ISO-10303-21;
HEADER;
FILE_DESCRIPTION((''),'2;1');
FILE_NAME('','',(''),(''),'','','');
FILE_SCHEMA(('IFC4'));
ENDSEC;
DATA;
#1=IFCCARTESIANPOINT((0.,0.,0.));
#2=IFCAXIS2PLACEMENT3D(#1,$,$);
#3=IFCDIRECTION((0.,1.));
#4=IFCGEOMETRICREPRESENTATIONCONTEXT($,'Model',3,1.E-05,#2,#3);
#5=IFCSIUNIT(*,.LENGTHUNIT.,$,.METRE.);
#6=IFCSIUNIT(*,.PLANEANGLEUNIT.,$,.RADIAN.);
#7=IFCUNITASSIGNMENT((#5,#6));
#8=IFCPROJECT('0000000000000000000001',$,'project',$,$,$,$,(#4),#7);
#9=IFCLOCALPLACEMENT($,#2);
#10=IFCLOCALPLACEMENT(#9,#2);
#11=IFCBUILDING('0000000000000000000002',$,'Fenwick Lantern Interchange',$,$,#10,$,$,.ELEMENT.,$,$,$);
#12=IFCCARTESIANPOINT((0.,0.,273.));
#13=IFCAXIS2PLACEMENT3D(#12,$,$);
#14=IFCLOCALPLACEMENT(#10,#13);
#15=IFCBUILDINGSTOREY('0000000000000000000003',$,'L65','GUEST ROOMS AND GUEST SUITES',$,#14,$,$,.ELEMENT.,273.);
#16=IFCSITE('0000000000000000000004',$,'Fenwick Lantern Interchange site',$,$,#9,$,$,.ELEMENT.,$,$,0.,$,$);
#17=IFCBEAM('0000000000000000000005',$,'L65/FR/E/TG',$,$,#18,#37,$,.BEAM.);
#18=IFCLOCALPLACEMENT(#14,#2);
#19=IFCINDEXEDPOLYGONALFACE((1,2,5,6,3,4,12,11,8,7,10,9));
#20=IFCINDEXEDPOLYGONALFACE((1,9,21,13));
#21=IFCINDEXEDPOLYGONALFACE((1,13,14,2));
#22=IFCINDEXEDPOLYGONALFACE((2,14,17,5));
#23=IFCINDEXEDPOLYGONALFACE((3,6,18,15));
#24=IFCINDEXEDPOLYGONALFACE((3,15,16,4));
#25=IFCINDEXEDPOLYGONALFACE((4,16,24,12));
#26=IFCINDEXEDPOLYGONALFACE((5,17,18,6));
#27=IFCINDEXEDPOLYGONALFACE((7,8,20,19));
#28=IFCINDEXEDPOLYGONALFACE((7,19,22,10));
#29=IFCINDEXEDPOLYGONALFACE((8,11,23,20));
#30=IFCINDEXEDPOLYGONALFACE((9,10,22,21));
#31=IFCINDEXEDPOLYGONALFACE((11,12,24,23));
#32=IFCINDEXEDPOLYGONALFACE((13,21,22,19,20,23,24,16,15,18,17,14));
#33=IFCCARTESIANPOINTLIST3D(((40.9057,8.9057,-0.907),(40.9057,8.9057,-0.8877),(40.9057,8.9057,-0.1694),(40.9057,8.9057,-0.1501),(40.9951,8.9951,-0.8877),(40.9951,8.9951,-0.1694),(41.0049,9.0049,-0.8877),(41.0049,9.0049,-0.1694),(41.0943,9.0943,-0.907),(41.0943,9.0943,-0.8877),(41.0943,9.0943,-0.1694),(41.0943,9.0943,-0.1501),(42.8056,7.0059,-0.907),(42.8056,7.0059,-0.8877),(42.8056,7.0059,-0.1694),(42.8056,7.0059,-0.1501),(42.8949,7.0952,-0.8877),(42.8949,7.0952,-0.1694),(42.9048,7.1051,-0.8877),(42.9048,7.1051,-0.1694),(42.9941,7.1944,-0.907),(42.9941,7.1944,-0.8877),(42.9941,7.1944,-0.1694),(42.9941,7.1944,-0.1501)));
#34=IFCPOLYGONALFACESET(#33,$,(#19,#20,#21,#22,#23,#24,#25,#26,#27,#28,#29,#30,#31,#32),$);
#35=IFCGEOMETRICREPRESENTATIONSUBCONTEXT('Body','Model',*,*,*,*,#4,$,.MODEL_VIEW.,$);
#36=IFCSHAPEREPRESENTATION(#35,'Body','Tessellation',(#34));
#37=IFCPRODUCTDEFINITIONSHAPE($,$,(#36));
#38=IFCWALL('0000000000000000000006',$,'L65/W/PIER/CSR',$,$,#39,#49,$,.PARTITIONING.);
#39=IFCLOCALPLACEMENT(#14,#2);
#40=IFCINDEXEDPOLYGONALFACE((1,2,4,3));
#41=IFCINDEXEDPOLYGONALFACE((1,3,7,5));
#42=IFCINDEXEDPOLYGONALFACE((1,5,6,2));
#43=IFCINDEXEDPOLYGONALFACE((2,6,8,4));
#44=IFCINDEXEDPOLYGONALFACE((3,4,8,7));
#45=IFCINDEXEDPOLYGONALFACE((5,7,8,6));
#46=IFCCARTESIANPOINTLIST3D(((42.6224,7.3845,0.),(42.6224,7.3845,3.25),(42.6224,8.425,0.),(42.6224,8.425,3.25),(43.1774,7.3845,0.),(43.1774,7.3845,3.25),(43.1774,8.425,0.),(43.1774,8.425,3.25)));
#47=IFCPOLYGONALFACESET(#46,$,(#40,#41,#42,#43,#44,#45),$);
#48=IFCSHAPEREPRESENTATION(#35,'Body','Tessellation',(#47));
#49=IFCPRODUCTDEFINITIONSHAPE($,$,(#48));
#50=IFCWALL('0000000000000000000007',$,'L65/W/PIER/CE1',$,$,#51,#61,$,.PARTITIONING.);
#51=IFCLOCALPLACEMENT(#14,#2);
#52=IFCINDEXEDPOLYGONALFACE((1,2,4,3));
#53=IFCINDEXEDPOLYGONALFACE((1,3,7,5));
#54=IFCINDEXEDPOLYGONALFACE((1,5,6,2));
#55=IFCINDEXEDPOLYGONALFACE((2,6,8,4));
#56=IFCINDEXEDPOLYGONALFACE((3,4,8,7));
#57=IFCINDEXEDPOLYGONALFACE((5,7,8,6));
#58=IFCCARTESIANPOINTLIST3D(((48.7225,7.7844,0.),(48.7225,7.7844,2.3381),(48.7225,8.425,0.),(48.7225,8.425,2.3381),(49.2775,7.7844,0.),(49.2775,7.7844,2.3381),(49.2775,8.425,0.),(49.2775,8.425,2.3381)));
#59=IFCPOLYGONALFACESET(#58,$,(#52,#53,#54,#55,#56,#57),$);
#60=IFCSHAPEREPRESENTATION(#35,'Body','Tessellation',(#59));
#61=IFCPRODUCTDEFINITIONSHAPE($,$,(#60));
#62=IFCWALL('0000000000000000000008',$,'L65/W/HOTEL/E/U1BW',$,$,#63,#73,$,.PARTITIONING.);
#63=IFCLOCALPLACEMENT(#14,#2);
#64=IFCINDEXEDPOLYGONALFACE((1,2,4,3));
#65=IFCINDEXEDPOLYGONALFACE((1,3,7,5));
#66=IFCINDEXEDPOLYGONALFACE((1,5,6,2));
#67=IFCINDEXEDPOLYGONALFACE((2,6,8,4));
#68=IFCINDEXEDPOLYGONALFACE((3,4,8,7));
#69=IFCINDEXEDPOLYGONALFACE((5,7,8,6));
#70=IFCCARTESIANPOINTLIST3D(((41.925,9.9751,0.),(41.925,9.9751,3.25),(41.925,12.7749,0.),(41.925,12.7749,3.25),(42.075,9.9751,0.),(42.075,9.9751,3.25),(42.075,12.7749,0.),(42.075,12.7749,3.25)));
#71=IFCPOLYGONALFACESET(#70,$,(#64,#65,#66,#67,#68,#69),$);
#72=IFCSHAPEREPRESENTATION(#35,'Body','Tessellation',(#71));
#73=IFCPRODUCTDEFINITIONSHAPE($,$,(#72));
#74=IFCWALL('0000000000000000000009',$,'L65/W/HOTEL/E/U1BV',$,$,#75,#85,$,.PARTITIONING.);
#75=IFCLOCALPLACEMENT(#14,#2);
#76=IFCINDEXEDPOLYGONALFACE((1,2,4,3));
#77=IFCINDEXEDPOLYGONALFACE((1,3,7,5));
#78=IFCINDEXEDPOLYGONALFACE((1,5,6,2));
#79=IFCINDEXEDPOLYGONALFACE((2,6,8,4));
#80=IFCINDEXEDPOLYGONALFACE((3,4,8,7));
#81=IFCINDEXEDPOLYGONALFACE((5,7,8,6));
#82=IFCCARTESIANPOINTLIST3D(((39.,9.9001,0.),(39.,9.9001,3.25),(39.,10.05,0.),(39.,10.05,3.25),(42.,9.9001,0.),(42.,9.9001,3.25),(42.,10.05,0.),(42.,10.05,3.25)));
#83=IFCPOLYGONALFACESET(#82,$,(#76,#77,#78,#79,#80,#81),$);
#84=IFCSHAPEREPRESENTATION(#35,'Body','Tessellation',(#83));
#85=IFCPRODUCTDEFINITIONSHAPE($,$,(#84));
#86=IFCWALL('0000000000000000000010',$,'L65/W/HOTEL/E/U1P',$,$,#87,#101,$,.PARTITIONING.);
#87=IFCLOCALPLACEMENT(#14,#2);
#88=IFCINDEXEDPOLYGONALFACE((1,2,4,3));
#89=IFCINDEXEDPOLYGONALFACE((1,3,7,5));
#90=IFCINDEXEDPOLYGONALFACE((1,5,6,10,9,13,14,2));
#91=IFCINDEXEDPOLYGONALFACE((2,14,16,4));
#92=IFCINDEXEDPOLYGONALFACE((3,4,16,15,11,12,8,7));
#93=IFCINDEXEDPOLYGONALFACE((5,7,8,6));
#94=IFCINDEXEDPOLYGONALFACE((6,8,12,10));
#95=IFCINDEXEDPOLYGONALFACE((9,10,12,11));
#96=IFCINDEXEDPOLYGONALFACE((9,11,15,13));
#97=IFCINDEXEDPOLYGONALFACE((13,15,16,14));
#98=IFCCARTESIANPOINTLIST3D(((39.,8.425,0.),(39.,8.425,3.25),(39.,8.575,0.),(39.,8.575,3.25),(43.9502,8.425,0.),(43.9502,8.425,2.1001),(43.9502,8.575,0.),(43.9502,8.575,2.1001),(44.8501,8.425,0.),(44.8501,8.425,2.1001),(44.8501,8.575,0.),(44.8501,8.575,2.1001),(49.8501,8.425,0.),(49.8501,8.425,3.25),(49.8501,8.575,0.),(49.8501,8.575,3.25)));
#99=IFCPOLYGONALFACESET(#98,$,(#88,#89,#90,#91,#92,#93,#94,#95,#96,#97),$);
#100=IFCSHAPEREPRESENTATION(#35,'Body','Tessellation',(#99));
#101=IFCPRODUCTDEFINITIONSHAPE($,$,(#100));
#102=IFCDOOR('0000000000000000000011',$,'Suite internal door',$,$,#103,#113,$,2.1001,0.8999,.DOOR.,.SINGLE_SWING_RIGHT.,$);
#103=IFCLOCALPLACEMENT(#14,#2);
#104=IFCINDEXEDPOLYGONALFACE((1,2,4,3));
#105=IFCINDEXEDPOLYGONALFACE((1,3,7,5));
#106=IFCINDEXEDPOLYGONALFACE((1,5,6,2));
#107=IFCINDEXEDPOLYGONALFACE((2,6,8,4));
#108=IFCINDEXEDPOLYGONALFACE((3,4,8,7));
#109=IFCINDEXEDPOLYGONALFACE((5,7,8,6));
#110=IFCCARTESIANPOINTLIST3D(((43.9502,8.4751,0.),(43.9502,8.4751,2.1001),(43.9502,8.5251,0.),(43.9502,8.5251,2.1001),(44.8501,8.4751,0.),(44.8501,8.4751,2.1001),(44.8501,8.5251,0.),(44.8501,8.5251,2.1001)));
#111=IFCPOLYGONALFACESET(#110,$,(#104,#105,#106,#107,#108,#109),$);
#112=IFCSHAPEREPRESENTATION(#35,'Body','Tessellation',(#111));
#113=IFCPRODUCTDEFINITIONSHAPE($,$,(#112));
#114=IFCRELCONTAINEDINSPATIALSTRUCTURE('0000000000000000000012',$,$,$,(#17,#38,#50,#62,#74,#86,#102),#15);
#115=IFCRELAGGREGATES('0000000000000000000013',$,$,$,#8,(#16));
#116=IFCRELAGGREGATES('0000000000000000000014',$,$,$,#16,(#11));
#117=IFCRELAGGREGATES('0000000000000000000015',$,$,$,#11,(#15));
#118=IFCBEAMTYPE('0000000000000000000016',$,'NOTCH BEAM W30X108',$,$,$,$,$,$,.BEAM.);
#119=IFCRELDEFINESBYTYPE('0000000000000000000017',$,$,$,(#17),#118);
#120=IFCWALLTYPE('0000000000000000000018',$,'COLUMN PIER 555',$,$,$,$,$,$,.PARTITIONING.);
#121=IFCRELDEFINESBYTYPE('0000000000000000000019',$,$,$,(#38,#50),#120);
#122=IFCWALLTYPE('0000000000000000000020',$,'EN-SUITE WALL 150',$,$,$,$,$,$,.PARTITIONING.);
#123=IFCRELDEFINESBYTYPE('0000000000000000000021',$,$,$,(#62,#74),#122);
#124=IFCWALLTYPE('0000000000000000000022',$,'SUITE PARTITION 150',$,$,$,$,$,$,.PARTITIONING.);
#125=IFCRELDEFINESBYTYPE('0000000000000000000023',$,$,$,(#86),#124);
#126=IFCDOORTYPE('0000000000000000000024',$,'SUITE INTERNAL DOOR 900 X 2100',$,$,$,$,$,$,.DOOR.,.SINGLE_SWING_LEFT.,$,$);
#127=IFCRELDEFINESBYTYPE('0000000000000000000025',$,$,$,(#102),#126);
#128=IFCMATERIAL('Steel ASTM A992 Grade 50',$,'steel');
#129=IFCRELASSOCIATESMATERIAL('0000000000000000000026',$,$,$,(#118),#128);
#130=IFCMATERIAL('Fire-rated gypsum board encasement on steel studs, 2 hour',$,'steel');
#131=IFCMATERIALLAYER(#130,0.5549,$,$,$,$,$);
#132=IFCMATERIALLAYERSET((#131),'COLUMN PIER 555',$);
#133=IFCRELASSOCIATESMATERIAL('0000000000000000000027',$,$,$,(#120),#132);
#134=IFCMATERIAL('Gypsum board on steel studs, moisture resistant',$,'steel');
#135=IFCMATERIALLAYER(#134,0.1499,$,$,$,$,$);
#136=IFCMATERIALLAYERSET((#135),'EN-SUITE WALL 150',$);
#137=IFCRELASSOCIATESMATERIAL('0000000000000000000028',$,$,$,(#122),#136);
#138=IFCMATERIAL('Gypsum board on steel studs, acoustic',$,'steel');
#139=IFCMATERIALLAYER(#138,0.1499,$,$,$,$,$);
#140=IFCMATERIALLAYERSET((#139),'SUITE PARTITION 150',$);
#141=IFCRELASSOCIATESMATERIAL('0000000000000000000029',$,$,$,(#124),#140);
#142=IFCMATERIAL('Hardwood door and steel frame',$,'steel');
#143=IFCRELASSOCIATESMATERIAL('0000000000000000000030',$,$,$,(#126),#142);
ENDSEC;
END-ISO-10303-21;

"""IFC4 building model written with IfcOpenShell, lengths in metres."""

from ifc_helpers import new_model, si_unit, direction, frame, frame_2d, origin, origin_2d, place, context, subcontext, project, spatial, rectangle, i_section, extrude, material, layer, layer_set, material_profile, profile_set, type_object, element, fill, save


model = new_model("IFC4")

# Units and contexts
model_context = context("Model", 3, precision=1e-05, world=origin(), true_north=direction((0.0, 1.0)))
body_context = subcontext(model_context, "Body", "Model", "MODEL_VIEW")
ifc_project = project(units=[si_unit("LENGTHUNIT", "METRE"), si_unit("PLANEANGLEUNIT", "RADIAN")], contexts=[model_context])

# Site, building, storey
site_placement = place(None, origin())
site = spatial("IfcSite", under=ifc_project, at=site_placement, Name="Fenwick Lantern Interchange site", CompositionType="ELEMENT", RefElevation=0.0)
building_placement = place(site_placement, origin())
building = spatial("IfcBuilding", under=site, at=building_placement, Name="Fenwick Lantern Interchange", CompositionType="ELEMENT")
storey_placement = place(building_placement, frame((0.0, 0.0, 273.0)))
storey = spatial("IfcBuildingStorey", under=building, at=storey_placement, Name="L65", Description="GUEST ROOMS AND GUEST SUITES", CompositionType="ELEMENT", Elevation=273.0)

# Shared definitions
ifc_material_1 = material(Name="Steel ASTM A992 Grade 50", Category="steel")

# Beam
ifc_material_profile_1 = material_profile(ifc_material_1, i_section(OverallWidth=0.2666, OverallDepth=0.7568, WebThickness=0.0139, FlangeThickness=0.0193, at=origin_2d()), Name="W30X108")
ifc_profile_set_1 = profile_set([ifc_material_profile_1], Name="Steel ASTM A992 Grade 50")
beam_type_1 = type_object("IfcBeamType", Name="NOTCH BEAM W30X108", PredefinedType="BEAM", material=ifc_profile_set_1)
beam_1_placement = place(storey_placement, frame((41.0, 9.0, -0.5286), z_axis=(0.707107, -0.707107, 0.0), x_axis=(0.707107, 0.707107, 0.0)))
element("IfcBeam", 1, at=beam_1_placement, inside=storey, type_object=beam_type_1, Name="L65/FR/E/TG", PredefinedType="BEAM", context=body_context, shape_type="SweptSolid", body=[
    extrude(i_section(OverallWidth=0.2666, OverallDepth=0.7568, WebThickness=0.0139, FlangeThickness=0.0193, at=origin_2d()), origin(), (0.0, 0.0, 1.0), 2.6868),
])

# Walls
ifc_material_2 = material(Name="Fire-rated gypsum board encasement on steel studs, 2 hour", Category="steel")
ifc_layer_1 = layer(ifc_material_2, 0.5549)
ifc_layer_set_1 = layer_set([ifc_layer_1], Name="COLUMN PIER 555")
wall_type_1 = type_object("IfcWallType", Name="COLUMN PIER 555", PredefinedType="PARTITIONING", material=ifc_layer_set_1)
wall_1_placement = place(storey_placement, frame((42.8999, 8.425, 0.0), z_axis=(0.0, 0.0, 1.0), x_axis=(0.0, -1.0, 0.0)))
element("IfcWall", 2, at=wall_1_placement, inside=storey, type_object=wall_type_1, Name="L65/W/PIER/CSR", PredefinedType="PARTITIONING", context=body_context, shape_type="SweptSolid", body=[
    extrude(rectangle(XDim=1.0405, YDim=0.5549, at=frame_2d((0.5203, 0.0))), origin(), (0.0, 0.0, 1.0), 3.25),
])
wall_2_placement = place(storey_placement, frame((49.0, 8.425, 0.0), z_axis=(0.0, 0.0, 1.0), x_axis=(0.0, -1.0, 0.0)))
element("IfcWall", 3, at=wall_2_placement, inside=storey, type_object=wall_type_1, Name="L65/W/PIER/CE1", PredefinedType="PARTITIONING", context=body_context, shape_type="SweptSolid", body=[
    extrude(rectangle(XDim=0.6406, YDim=0.5549, at=frame_2d((0.3203, 0.0))), origin(), (0.0, 0.0, 1.0), 2.3381),
])
ifc_material_3 = material(Name="Gypsum board on steel studs, moisture resistant", Category="steel")
ifc_layer_2 = layer(ifc_material_3, 0.1499)
ifc_layer_set_2 = layer_set([ifc_layer_2], Name="EN-SUITE WALL 150")
wall_type_2 = type_object("IfcWallType", Name="EN-SUITE WALL 150", PredefinedType="PARTITIONING", material=ifc_layer_set_2)
wall_3_placement = place(storey_placement, frame((42.0, 9.9751, 0.0), z_axis=(0.0, 0.0, 1.0), x_axis=(0.0, 1.0, 0.0)))
element("IfcWall", 4, at=wall_3_placement, inside=storey, type_object=wall_type_2, Name="L65/W/HOTEL/E/U1BW", PredefinedType="PARTITIONING", context=body_context, shape_type="SweptSolid", body=[
    extrude(rectangle(XDim=2.7998, YDim=0.1499, at=frame_2d((1.3999, 0.0))), origin(), (0.0, 0.0, 1.0), 3.25),
])
wall_4_placement = place(storey_placement, frame((42.0, 9.9751, 0.0), z_axis=(0.0, 0.0, 1.0), x_axis=(-1.0, 0.0, 0.0)))
element("IfcWall", 5, at=wall_4_placement, inside=storey, type_object=wall_type_2, Name="L65/W/HOTEL/E/U1BV", PredefinedType="PARTITIONING", context=body_context, shape_type="SweptSolid", body=[
    extrude(rectangle(XDim=3.0, YDim=0.1499, at=frame_2d((1.5, 0.0))), origin(), (0.0, 0.0, 1.0), 3.25),
])

# Wall, opening, door
ifc_material_4 = material(Name="Gypsum board on steel studs, acoustic", Category="steel")
ifc_layer_3 = layer(ifc_material_4, 0.1499)
ifc_layer_set_3 = layer_set([ifc_layer_3], Name="SUITE PARTITION 150")
wall_type_3 = type_object("IfcWallType", Name="SUITE PARTITION 150", PredefinedType="PARTITIONING", material=ifc_layer_set_3)
wall_5_placement = place(storey_placement, frame((49.8501, 8.5, 0.0), z_axis=(0.0, 0.0, 1.0), x_axis=(-1.0, 0.0, 0.0)))
wall_5 = element("IfcWall", 6, at=wall_5_placement, inside=storey, type_object=wall_type_3, Name="L65/W/HOTEL/E/U1P", PredefinedType="PARTITIONING", context=body_context, shape_type="SweptSolid", body=[
    extrude(rectangle(XDim=10.8501, YDim=0.1499, at=frame_2d((5.425, 0.0))), origin(), (0.0, 0.0, 1.0), 3.25),
])
opening_placement = place(wall_5_placement, frame((5.0, 0.0, 0.0)))
opening = element("IfcOpeningElement", 7, at=opening_placement, cuts=wall_5, PredefinedType="OPENING", context=body_context, shape_type="SweptSolid", body=[
    extrude(rectangle(XDim=0.8999, YDim=2.1001, at=frame_2d((0.45, 1.05))), frame((0.0, 0.085, 0.0), z_axis=(0.0, -1.0, 0.0), x_axis=(1.0, 0.0, 0.0)), (0.0, 0.0, 1.0), 0.1699),
])
ifc_material_5 = material(Name="Hardwood door and steel frame", Category="steel")
door_type = type_object("IfcDoorType", Name="SUITE INTERNAL DOOR 900 X 2100", OperationType="SINGLE_SWING_LEFT", PredefinedType="DOOR", material=ifc_material_5)
door_placement = place(opening_placement, origin())
door = element("IfcDoor", 8, at=door_placement, inside=storey, type_object=door_type, Name="Suite internal door", OperationType="SINGLE_SWING_RIGHT", OverallHeight=2.1001, OverallWidth=0.8999, PredefinedType="DOOR", context=body_context, shape_type="SweptSolid", body=[
    extrude(rectangle(XDim=0.8999, YDim=2.1001, at=frame_2d((0.45, 1.05))), frame((0.0, 0.0249, 0.0), z_axis=(0.0, -1.0, 0.0), x_axis=(1.0, 0.0, 0.0)), (0.0, 0.0, 1.0), 0.05),
])
fill(opening, door)

save(model, "model.ifc")
